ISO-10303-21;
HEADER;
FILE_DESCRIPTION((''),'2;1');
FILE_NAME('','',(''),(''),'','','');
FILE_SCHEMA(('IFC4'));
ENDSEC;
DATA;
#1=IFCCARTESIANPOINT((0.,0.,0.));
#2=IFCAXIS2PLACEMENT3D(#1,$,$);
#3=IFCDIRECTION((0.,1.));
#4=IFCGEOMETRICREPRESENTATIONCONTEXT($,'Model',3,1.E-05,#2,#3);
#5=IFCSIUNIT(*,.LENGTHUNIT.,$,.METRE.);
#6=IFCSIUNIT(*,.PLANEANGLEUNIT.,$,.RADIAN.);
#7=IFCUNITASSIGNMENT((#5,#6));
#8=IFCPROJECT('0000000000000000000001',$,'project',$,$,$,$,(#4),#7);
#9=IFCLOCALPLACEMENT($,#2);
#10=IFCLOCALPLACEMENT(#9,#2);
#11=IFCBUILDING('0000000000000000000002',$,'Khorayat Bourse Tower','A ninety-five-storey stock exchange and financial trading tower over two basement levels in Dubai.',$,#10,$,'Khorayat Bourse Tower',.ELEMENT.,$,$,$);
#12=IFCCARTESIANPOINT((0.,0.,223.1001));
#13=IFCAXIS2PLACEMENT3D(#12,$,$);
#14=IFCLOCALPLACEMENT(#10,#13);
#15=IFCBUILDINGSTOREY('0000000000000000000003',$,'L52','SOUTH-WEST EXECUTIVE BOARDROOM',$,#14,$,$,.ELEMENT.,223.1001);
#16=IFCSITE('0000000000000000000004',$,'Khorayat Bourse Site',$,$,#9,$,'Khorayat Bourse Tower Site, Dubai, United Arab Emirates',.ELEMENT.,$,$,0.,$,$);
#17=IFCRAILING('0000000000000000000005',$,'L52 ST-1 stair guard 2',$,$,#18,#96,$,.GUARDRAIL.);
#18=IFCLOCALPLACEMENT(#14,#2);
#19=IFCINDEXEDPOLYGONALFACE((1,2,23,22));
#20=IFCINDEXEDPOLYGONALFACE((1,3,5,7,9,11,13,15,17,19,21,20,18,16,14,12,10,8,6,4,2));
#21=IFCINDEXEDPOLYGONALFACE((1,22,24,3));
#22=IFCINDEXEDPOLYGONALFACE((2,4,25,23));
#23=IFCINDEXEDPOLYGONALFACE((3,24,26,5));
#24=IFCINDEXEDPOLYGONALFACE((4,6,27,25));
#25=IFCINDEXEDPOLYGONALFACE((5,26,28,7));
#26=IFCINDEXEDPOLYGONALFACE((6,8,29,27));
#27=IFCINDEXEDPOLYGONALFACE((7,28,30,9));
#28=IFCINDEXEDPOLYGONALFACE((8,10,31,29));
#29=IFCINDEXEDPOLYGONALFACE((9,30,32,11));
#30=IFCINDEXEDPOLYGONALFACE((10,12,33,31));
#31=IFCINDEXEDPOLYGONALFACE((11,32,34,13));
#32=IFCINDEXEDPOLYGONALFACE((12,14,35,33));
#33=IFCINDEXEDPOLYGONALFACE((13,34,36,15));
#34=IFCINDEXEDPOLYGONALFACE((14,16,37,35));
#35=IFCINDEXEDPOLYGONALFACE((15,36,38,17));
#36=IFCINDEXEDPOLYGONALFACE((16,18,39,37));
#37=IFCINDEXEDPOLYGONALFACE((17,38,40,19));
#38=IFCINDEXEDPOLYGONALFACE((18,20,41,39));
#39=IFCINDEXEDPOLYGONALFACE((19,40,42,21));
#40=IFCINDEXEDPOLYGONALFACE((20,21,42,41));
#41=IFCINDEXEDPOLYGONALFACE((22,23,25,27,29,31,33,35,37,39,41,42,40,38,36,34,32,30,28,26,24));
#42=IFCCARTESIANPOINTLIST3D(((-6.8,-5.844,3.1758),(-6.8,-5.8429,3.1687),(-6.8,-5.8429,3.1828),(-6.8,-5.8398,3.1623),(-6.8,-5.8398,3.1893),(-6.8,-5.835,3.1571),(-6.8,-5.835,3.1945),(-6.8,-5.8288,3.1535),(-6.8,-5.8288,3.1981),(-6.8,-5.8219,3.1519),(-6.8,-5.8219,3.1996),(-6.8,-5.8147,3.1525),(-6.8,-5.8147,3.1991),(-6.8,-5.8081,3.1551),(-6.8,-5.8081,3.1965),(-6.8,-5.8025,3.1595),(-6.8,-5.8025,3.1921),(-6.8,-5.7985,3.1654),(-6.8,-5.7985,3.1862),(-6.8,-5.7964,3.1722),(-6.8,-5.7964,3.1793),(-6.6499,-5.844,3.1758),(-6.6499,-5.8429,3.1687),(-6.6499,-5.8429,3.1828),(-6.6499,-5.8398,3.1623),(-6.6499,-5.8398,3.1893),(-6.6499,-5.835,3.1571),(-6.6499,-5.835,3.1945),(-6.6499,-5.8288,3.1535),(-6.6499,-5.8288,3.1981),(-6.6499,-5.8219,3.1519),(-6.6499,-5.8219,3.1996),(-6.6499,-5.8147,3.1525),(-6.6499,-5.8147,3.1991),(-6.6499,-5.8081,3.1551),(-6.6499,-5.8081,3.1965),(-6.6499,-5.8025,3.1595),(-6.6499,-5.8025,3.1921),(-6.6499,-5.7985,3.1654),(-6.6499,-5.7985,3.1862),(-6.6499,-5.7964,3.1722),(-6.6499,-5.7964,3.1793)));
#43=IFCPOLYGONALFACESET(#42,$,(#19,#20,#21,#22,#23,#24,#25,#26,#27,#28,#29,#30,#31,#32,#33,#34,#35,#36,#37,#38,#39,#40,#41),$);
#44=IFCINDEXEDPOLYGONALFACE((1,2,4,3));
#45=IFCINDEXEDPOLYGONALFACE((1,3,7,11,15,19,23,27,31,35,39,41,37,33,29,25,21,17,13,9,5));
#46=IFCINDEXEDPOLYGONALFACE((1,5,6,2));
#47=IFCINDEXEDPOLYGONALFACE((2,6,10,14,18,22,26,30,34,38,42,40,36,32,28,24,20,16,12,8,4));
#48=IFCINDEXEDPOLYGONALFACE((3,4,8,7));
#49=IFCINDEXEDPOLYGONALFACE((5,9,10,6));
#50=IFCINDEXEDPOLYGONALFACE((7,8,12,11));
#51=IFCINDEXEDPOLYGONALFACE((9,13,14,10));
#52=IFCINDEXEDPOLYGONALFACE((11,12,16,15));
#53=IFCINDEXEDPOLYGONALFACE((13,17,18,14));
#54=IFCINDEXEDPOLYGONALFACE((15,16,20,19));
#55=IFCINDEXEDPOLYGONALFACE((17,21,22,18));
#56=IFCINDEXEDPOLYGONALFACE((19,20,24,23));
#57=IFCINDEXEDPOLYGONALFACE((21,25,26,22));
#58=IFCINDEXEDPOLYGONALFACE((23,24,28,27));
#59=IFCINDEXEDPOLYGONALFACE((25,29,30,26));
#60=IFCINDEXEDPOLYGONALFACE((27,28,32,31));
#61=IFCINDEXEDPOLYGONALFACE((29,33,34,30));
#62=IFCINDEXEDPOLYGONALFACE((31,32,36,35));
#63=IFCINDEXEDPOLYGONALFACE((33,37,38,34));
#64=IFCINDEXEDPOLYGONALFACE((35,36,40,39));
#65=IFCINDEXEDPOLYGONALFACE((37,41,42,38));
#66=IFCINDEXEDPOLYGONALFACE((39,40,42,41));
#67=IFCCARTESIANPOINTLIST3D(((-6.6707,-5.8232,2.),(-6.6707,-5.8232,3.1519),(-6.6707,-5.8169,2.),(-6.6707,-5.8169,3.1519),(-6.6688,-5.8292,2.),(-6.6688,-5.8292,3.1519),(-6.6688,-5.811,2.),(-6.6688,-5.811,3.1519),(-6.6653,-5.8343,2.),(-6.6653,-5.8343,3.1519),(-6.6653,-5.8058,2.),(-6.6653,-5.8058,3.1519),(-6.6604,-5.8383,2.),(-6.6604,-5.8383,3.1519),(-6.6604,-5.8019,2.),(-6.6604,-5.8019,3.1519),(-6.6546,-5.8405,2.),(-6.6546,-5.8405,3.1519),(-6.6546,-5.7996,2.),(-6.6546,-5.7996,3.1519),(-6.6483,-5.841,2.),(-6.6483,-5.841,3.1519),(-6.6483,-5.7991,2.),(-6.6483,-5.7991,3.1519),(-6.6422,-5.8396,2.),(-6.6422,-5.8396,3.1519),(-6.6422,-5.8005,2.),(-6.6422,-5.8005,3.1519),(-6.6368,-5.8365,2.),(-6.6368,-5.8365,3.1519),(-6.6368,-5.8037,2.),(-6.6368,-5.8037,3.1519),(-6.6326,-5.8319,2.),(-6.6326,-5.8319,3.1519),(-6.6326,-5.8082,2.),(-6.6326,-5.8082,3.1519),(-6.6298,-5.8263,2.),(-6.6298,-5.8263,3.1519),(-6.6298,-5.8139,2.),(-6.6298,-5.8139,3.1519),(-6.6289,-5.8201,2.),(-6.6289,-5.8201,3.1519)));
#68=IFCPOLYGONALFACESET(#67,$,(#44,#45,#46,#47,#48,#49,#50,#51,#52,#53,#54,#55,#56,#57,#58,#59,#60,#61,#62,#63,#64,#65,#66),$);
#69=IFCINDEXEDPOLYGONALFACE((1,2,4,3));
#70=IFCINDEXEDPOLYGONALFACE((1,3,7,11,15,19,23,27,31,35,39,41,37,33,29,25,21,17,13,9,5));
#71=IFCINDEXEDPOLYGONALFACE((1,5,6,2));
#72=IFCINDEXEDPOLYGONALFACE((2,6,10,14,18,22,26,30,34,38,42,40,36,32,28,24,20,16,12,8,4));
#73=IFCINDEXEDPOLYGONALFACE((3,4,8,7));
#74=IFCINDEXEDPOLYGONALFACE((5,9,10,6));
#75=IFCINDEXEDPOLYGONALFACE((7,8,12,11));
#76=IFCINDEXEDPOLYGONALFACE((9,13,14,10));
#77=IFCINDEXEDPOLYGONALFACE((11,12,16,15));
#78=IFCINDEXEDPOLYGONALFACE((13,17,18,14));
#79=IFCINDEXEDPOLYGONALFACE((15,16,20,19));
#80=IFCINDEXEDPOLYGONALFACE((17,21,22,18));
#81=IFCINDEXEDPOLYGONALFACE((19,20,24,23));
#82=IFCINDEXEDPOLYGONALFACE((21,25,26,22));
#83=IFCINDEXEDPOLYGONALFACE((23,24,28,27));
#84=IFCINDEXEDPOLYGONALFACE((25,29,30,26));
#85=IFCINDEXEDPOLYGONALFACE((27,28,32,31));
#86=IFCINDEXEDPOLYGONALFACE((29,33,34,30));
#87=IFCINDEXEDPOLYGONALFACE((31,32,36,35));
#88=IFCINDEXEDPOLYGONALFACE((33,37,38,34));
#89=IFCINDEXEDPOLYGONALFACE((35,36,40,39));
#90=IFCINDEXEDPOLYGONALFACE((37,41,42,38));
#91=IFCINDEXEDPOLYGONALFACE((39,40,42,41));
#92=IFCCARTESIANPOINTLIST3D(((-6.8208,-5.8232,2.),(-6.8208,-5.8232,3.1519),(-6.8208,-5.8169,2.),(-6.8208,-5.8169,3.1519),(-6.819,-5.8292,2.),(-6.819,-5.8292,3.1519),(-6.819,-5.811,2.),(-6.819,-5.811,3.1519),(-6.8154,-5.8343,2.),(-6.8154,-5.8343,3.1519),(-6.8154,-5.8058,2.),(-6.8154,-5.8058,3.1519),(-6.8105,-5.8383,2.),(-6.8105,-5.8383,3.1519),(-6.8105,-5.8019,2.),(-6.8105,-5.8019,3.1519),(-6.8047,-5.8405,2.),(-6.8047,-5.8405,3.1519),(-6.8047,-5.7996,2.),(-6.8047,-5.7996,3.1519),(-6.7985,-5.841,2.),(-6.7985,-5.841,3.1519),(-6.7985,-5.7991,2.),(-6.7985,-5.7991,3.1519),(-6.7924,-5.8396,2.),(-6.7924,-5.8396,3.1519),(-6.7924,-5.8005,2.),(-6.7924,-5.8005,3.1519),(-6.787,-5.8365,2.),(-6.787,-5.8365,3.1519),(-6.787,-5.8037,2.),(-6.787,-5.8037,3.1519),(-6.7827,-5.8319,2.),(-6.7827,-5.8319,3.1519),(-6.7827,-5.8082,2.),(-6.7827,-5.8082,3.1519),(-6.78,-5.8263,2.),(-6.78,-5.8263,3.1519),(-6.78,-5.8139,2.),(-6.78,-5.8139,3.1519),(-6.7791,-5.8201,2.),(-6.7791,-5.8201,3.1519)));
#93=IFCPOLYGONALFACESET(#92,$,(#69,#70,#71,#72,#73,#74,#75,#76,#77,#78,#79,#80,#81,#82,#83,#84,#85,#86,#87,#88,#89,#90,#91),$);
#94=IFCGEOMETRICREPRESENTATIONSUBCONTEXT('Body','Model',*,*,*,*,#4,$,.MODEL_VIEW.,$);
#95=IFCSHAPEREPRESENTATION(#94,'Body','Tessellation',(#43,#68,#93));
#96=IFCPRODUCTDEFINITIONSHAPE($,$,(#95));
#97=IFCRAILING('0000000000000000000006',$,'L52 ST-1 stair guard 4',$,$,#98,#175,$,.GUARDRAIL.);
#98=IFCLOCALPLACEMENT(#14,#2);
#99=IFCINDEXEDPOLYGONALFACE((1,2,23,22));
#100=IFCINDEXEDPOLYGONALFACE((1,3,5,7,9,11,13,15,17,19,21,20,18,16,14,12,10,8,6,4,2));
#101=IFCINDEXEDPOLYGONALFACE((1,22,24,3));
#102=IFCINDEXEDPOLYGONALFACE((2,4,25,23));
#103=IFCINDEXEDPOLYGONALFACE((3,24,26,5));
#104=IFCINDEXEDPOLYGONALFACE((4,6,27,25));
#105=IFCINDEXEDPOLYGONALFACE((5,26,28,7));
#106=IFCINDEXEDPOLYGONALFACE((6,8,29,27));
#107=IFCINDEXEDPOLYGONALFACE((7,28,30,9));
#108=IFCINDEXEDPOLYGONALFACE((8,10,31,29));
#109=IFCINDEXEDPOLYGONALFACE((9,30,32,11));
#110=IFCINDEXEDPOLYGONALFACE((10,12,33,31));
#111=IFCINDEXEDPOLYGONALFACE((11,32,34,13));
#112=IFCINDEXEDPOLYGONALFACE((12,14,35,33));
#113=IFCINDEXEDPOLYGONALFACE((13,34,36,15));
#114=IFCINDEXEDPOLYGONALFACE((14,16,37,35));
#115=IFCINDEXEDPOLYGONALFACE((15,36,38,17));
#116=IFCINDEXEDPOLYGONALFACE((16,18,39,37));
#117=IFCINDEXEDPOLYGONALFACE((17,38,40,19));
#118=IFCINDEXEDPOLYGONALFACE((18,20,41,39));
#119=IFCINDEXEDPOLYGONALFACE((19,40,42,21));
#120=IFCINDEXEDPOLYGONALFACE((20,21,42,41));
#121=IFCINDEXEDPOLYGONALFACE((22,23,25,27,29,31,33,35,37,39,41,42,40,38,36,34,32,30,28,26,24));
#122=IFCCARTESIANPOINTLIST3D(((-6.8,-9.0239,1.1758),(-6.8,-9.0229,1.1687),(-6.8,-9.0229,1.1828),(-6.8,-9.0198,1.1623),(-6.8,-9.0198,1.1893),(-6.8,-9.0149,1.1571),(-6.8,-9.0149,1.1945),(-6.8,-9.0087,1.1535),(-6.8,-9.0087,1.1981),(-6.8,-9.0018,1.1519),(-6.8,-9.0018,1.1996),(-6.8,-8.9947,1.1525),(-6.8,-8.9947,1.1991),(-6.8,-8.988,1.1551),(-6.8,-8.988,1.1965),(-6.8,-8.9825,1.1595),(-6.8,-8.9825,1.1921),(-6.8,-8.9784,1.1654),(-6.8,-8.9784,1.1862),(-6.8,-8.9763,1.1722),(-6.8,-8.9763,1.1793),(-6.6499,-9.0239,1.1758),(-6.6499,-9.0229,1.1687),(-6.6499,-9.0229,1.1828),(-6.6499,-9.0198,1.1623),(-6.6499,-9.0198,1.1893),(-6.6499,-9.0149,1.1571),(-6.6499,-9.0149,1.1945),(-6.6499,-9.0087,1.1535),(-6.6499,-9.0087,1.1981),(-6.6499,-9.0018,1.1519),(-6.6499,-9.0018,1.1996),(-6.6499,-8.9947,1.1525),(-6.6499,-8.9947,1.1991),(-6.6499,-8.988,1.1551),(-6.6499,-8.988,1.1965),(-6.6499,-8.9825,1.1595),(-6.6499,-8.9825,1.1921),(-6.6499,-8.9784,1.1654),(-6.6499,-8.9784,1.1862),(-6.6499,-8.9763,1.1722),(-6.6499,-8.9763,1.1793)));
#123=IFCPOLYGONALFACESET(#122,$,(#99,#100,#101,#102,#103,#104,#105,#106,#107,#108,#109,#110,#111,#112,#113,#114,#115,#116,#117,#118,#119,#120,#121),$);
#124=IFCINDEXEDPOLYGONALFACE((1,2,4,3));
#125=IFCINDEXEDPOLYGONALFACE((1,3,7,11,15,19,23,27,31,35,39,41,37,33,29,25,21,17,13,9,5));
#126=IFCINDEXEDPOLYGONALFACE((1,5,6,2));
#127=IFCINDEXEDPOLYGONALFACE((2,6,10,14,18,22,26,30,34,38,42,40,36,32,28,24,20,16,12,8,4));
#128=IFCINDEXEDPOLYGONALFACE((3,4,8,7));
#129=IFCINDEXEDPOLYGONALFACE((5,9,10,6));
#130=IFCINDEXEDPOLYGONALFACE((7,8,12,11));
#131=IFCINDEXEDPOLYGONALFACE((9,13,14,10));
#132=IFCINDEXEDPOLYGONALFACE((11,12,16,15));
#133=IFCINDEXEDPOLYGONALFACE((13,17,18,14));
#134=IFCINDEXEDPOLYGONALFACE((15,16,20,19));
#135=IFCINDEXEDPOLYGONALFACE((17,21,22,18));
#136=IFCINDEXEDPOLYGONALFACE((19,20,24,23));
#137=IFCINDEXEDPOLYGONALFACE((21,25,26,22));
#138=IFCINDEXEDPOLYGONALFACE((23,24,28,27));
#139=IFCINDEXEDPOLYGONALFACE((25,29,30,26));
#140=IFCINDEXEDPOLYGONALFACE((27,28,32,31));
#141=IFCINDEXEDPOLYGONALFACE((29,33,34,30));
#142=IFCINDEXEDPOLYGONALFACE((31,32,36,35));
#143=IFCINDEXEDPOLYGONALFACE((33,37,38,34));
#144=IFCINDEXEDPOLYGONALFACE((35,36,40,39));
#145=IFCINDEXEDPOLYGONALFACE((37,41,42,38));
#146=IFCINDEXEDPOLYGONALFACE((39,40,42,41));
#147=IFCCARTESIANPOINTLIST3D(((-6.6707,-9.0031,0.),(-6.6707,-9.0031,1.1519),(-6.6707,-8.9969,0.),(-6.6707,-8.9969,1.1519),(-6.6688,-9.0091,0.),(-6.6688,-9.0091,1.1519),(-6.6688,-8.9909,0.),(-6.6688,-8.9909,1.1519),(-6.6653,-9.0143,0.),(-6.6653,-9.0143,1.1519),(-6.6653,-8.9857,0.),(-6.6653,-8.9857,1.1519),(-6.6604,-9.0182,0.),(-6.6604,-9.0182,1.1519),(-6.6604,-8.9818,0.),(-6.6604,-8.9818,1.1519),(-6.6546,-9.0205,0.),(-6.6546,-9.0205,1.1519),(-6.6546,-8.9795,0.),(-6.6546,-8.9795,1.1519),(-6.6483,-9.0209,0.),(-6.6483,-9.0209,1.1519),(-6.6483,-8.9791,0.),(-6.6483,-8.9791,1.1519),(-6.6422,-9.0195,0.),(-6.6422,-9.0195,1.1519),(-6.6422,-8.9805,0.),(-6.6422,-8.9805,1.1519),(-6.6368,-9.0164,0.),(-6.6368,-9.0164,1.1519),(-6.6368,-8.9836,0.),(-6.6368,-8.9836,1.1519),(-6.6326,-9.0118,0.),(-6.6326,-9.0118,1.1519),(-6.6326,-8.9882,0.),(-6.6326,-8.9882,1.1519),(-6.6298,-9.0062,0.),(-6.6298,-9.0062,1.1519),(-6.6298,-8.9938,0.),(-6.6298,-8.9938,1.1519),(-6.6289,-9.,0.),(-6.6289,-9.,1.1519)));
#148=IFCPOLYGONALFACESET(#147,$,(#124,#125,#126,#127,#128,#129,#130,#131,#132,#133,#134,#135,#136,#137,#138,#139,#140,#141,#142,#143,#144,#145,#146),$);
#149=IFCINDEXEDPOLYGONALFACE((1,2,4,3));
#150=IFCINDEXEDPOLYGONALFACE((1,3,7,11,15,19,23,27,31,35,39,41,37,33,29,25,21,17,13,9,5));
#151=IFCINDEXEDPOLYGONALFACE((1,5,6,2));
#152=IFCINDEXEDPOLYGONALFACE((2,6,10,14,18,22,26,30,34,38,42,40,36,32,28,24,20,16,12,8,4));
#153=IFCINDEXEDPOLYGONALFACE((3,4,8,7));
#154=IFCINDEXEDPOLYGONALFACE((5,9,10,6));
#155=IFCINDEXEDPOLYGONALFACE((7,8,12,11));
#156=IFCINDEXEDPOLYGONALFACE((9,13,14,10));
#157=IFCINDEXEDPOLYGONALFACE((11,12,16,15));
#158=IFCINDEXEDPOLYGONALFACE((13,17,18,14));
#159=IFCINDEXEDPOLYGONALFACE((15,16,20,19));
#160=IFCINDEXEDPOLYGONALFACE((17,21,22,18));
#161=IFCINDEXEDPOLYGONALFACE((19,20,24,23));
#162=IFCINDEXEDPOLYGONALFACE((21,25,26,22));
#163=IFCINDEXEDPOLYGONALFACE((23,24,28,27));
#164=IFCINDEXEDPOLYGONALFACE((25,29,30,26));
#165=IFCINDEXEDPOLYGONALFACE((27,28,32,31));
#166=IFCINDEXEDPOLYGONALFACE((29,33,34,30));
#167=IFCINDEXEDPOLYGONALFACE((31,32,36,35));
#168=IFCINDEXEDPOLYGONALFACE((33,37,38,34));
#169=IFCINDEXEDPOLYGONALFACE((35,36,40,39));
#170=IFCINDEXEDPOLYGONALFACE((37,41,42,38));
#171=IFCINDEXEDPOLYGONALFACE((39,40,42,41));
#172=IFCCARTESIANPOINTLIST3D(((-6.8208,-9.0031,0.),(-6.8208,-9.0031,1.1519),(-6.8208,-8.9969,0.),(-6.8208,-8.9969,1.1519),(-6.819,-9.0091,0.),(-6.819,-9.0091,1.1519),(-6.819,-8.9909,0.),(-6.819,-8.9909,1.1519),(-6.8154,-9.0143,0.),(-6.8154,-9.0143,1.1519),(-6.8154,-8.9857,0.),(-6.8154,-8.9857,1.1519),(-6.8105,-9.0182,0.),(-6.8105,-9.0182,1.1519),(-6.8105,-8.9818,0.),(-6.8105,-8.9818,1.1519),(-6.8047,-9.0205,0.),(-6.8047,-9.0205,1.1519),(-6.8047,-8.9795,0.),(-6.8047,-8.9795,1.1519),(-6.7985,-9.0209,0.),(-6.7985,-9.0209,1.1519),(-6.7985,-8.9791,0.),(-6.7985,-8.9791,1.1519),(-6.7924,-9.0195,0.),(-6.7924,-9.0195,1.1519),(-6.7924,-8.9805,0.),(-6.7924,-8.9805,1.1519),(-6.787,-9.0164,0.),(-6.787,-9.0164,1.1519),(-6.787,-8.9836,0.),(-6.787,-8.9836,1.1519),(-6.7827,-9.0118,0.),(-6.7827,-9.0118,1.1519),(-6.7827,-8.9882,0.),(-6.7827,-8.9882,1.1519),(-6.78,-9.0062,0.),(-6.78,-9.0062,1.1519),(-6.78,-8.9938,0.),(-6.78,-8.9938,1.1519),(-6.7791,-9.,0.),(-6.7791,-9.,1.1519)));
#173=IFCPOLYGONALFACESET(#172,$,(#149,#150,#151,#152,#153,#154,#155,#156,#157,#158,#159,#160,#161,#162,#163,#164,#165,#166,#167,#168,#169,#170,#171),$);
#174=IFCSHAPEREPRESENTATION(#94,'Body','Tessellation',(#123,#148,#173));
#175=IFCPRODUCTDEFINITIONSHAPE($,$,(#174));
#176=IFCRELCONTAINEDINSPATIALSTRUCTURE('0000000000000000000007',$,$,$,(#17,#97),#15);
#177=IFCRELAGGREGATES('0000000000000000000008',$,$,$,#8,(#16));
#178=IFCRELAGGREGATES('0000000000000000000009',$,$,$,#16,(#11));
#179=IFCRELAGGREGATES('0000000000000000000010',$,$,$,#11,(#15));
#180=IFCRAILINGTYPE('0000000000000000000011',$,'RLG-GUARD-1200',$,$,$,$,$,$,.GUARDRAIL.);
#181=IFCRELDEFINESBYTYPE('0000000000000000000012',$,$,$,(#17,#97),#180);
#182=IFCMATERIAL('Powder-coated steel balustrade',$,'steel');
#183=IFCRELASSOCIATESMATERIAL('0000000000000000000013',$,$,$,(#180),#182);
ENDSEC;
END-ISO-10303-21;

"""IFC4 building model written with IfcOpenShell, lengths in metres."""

from ifc_helpers import new_model, si_unit, direction, frame, origin, origin_2d, place, context, subcontext, project, spatial, circle, extrude, source, transform, mapped, material, type_object, element, save


model = new_model("IFC4")

# Units and contexts
model_context = context("Model", 3, precision=1e-05, world=origin(), true_north=direction((0.0, 1.0)))
body_context = subcontext(model_context, "Body", "Model", "MODEL_VIEW")
ifc_project = project(units=[si_unit("LENGTHUNIT", "METRE"), si_unit("PLANEANGLEUNIT", "RADIAN")], contexts=[model_context])

# Site, building, storey
site_placement = place(None, origin())
site = spatial("IfcSite", under=ifc_project, at=site_placement, Name="Khorayat Bourse Site", LongName="Khorayat Bourse Tower Site, Dubai, United Arab Emirates", CompositionType="ELEMENT", RefElevation=0.0)
building_placement = place(site_placement, origin())
building = spatial("IfcBuilding", under=site, at=building_placement, Name="Khorayat Bourse Tower", Description="A ninety-five-storey stock exchange and financial trading tower over two basement levels in Dubai.", LongName="Khorayat Bourse Tower", CompositionType="ELEMENT")
storey_placement = place(building_placement, frame((0.0, 0.0, 223.1001)))
storey = spatial("IfcBuildingStorey", under=building, at=storey_placement, Name="L52", Description="SOUTH-WEST EXECUTIVE BOARDROOM", CompositionType="ELEMENT", Elevation=223.1001)

# Railings
ifc_material_1 = material(Name="Powder-coated steel balustrade", Category="steel")
railing_type_1 = type_object("IfcRailingType", Name="RLG-GUARD-1200", PredefinedType="GUARDRAIL", material=ifc_material_1)
shared_shape_1 = source(origin(), body_context, "Body", "SweptSolid", [
    extrude(circle(Radius=0.0239, at=origin_2d()), frame((0.0, 0.0, 1.1758), z_axis=(-1.0, 0.0, 0.0), x_axis=(0.0, -1.0, 0.0)), (0.0, 0.0, 1.0), 0.1501),
    extrude(circle(Radius=0.021, at=origin_2d()), origin(), (0.0, 0.0, 1.0), 1.1519),
    extrude(circle(Radius=0.021, at=origin_2d()), frame((-0.1501, 0.0, 0.0)), (0.0, 0.0, 1.0), 1.1519),
])
for number, where, name in (
    (1, (-6.6499, -5.8201, 2.0), "L52 ST-1 stair guard 2"),
    (2, (-6.6499, -9.0, 0.0), "L52 ST-1 stair guard 4"),
):
    element("IfcRailing", number, at=place(storey_placement, frame(where)), inside=storey, type_object=railing_type_1, Name=name, PredefinedType="GUARDRAIL", context=body_context, shape_type="MappedRepresentation", body=[
        mapped(shared_shape_1, transform((0.0, 0.0, 0.0), scale=1.0)),
    ])

save(model, "model.ifc")
